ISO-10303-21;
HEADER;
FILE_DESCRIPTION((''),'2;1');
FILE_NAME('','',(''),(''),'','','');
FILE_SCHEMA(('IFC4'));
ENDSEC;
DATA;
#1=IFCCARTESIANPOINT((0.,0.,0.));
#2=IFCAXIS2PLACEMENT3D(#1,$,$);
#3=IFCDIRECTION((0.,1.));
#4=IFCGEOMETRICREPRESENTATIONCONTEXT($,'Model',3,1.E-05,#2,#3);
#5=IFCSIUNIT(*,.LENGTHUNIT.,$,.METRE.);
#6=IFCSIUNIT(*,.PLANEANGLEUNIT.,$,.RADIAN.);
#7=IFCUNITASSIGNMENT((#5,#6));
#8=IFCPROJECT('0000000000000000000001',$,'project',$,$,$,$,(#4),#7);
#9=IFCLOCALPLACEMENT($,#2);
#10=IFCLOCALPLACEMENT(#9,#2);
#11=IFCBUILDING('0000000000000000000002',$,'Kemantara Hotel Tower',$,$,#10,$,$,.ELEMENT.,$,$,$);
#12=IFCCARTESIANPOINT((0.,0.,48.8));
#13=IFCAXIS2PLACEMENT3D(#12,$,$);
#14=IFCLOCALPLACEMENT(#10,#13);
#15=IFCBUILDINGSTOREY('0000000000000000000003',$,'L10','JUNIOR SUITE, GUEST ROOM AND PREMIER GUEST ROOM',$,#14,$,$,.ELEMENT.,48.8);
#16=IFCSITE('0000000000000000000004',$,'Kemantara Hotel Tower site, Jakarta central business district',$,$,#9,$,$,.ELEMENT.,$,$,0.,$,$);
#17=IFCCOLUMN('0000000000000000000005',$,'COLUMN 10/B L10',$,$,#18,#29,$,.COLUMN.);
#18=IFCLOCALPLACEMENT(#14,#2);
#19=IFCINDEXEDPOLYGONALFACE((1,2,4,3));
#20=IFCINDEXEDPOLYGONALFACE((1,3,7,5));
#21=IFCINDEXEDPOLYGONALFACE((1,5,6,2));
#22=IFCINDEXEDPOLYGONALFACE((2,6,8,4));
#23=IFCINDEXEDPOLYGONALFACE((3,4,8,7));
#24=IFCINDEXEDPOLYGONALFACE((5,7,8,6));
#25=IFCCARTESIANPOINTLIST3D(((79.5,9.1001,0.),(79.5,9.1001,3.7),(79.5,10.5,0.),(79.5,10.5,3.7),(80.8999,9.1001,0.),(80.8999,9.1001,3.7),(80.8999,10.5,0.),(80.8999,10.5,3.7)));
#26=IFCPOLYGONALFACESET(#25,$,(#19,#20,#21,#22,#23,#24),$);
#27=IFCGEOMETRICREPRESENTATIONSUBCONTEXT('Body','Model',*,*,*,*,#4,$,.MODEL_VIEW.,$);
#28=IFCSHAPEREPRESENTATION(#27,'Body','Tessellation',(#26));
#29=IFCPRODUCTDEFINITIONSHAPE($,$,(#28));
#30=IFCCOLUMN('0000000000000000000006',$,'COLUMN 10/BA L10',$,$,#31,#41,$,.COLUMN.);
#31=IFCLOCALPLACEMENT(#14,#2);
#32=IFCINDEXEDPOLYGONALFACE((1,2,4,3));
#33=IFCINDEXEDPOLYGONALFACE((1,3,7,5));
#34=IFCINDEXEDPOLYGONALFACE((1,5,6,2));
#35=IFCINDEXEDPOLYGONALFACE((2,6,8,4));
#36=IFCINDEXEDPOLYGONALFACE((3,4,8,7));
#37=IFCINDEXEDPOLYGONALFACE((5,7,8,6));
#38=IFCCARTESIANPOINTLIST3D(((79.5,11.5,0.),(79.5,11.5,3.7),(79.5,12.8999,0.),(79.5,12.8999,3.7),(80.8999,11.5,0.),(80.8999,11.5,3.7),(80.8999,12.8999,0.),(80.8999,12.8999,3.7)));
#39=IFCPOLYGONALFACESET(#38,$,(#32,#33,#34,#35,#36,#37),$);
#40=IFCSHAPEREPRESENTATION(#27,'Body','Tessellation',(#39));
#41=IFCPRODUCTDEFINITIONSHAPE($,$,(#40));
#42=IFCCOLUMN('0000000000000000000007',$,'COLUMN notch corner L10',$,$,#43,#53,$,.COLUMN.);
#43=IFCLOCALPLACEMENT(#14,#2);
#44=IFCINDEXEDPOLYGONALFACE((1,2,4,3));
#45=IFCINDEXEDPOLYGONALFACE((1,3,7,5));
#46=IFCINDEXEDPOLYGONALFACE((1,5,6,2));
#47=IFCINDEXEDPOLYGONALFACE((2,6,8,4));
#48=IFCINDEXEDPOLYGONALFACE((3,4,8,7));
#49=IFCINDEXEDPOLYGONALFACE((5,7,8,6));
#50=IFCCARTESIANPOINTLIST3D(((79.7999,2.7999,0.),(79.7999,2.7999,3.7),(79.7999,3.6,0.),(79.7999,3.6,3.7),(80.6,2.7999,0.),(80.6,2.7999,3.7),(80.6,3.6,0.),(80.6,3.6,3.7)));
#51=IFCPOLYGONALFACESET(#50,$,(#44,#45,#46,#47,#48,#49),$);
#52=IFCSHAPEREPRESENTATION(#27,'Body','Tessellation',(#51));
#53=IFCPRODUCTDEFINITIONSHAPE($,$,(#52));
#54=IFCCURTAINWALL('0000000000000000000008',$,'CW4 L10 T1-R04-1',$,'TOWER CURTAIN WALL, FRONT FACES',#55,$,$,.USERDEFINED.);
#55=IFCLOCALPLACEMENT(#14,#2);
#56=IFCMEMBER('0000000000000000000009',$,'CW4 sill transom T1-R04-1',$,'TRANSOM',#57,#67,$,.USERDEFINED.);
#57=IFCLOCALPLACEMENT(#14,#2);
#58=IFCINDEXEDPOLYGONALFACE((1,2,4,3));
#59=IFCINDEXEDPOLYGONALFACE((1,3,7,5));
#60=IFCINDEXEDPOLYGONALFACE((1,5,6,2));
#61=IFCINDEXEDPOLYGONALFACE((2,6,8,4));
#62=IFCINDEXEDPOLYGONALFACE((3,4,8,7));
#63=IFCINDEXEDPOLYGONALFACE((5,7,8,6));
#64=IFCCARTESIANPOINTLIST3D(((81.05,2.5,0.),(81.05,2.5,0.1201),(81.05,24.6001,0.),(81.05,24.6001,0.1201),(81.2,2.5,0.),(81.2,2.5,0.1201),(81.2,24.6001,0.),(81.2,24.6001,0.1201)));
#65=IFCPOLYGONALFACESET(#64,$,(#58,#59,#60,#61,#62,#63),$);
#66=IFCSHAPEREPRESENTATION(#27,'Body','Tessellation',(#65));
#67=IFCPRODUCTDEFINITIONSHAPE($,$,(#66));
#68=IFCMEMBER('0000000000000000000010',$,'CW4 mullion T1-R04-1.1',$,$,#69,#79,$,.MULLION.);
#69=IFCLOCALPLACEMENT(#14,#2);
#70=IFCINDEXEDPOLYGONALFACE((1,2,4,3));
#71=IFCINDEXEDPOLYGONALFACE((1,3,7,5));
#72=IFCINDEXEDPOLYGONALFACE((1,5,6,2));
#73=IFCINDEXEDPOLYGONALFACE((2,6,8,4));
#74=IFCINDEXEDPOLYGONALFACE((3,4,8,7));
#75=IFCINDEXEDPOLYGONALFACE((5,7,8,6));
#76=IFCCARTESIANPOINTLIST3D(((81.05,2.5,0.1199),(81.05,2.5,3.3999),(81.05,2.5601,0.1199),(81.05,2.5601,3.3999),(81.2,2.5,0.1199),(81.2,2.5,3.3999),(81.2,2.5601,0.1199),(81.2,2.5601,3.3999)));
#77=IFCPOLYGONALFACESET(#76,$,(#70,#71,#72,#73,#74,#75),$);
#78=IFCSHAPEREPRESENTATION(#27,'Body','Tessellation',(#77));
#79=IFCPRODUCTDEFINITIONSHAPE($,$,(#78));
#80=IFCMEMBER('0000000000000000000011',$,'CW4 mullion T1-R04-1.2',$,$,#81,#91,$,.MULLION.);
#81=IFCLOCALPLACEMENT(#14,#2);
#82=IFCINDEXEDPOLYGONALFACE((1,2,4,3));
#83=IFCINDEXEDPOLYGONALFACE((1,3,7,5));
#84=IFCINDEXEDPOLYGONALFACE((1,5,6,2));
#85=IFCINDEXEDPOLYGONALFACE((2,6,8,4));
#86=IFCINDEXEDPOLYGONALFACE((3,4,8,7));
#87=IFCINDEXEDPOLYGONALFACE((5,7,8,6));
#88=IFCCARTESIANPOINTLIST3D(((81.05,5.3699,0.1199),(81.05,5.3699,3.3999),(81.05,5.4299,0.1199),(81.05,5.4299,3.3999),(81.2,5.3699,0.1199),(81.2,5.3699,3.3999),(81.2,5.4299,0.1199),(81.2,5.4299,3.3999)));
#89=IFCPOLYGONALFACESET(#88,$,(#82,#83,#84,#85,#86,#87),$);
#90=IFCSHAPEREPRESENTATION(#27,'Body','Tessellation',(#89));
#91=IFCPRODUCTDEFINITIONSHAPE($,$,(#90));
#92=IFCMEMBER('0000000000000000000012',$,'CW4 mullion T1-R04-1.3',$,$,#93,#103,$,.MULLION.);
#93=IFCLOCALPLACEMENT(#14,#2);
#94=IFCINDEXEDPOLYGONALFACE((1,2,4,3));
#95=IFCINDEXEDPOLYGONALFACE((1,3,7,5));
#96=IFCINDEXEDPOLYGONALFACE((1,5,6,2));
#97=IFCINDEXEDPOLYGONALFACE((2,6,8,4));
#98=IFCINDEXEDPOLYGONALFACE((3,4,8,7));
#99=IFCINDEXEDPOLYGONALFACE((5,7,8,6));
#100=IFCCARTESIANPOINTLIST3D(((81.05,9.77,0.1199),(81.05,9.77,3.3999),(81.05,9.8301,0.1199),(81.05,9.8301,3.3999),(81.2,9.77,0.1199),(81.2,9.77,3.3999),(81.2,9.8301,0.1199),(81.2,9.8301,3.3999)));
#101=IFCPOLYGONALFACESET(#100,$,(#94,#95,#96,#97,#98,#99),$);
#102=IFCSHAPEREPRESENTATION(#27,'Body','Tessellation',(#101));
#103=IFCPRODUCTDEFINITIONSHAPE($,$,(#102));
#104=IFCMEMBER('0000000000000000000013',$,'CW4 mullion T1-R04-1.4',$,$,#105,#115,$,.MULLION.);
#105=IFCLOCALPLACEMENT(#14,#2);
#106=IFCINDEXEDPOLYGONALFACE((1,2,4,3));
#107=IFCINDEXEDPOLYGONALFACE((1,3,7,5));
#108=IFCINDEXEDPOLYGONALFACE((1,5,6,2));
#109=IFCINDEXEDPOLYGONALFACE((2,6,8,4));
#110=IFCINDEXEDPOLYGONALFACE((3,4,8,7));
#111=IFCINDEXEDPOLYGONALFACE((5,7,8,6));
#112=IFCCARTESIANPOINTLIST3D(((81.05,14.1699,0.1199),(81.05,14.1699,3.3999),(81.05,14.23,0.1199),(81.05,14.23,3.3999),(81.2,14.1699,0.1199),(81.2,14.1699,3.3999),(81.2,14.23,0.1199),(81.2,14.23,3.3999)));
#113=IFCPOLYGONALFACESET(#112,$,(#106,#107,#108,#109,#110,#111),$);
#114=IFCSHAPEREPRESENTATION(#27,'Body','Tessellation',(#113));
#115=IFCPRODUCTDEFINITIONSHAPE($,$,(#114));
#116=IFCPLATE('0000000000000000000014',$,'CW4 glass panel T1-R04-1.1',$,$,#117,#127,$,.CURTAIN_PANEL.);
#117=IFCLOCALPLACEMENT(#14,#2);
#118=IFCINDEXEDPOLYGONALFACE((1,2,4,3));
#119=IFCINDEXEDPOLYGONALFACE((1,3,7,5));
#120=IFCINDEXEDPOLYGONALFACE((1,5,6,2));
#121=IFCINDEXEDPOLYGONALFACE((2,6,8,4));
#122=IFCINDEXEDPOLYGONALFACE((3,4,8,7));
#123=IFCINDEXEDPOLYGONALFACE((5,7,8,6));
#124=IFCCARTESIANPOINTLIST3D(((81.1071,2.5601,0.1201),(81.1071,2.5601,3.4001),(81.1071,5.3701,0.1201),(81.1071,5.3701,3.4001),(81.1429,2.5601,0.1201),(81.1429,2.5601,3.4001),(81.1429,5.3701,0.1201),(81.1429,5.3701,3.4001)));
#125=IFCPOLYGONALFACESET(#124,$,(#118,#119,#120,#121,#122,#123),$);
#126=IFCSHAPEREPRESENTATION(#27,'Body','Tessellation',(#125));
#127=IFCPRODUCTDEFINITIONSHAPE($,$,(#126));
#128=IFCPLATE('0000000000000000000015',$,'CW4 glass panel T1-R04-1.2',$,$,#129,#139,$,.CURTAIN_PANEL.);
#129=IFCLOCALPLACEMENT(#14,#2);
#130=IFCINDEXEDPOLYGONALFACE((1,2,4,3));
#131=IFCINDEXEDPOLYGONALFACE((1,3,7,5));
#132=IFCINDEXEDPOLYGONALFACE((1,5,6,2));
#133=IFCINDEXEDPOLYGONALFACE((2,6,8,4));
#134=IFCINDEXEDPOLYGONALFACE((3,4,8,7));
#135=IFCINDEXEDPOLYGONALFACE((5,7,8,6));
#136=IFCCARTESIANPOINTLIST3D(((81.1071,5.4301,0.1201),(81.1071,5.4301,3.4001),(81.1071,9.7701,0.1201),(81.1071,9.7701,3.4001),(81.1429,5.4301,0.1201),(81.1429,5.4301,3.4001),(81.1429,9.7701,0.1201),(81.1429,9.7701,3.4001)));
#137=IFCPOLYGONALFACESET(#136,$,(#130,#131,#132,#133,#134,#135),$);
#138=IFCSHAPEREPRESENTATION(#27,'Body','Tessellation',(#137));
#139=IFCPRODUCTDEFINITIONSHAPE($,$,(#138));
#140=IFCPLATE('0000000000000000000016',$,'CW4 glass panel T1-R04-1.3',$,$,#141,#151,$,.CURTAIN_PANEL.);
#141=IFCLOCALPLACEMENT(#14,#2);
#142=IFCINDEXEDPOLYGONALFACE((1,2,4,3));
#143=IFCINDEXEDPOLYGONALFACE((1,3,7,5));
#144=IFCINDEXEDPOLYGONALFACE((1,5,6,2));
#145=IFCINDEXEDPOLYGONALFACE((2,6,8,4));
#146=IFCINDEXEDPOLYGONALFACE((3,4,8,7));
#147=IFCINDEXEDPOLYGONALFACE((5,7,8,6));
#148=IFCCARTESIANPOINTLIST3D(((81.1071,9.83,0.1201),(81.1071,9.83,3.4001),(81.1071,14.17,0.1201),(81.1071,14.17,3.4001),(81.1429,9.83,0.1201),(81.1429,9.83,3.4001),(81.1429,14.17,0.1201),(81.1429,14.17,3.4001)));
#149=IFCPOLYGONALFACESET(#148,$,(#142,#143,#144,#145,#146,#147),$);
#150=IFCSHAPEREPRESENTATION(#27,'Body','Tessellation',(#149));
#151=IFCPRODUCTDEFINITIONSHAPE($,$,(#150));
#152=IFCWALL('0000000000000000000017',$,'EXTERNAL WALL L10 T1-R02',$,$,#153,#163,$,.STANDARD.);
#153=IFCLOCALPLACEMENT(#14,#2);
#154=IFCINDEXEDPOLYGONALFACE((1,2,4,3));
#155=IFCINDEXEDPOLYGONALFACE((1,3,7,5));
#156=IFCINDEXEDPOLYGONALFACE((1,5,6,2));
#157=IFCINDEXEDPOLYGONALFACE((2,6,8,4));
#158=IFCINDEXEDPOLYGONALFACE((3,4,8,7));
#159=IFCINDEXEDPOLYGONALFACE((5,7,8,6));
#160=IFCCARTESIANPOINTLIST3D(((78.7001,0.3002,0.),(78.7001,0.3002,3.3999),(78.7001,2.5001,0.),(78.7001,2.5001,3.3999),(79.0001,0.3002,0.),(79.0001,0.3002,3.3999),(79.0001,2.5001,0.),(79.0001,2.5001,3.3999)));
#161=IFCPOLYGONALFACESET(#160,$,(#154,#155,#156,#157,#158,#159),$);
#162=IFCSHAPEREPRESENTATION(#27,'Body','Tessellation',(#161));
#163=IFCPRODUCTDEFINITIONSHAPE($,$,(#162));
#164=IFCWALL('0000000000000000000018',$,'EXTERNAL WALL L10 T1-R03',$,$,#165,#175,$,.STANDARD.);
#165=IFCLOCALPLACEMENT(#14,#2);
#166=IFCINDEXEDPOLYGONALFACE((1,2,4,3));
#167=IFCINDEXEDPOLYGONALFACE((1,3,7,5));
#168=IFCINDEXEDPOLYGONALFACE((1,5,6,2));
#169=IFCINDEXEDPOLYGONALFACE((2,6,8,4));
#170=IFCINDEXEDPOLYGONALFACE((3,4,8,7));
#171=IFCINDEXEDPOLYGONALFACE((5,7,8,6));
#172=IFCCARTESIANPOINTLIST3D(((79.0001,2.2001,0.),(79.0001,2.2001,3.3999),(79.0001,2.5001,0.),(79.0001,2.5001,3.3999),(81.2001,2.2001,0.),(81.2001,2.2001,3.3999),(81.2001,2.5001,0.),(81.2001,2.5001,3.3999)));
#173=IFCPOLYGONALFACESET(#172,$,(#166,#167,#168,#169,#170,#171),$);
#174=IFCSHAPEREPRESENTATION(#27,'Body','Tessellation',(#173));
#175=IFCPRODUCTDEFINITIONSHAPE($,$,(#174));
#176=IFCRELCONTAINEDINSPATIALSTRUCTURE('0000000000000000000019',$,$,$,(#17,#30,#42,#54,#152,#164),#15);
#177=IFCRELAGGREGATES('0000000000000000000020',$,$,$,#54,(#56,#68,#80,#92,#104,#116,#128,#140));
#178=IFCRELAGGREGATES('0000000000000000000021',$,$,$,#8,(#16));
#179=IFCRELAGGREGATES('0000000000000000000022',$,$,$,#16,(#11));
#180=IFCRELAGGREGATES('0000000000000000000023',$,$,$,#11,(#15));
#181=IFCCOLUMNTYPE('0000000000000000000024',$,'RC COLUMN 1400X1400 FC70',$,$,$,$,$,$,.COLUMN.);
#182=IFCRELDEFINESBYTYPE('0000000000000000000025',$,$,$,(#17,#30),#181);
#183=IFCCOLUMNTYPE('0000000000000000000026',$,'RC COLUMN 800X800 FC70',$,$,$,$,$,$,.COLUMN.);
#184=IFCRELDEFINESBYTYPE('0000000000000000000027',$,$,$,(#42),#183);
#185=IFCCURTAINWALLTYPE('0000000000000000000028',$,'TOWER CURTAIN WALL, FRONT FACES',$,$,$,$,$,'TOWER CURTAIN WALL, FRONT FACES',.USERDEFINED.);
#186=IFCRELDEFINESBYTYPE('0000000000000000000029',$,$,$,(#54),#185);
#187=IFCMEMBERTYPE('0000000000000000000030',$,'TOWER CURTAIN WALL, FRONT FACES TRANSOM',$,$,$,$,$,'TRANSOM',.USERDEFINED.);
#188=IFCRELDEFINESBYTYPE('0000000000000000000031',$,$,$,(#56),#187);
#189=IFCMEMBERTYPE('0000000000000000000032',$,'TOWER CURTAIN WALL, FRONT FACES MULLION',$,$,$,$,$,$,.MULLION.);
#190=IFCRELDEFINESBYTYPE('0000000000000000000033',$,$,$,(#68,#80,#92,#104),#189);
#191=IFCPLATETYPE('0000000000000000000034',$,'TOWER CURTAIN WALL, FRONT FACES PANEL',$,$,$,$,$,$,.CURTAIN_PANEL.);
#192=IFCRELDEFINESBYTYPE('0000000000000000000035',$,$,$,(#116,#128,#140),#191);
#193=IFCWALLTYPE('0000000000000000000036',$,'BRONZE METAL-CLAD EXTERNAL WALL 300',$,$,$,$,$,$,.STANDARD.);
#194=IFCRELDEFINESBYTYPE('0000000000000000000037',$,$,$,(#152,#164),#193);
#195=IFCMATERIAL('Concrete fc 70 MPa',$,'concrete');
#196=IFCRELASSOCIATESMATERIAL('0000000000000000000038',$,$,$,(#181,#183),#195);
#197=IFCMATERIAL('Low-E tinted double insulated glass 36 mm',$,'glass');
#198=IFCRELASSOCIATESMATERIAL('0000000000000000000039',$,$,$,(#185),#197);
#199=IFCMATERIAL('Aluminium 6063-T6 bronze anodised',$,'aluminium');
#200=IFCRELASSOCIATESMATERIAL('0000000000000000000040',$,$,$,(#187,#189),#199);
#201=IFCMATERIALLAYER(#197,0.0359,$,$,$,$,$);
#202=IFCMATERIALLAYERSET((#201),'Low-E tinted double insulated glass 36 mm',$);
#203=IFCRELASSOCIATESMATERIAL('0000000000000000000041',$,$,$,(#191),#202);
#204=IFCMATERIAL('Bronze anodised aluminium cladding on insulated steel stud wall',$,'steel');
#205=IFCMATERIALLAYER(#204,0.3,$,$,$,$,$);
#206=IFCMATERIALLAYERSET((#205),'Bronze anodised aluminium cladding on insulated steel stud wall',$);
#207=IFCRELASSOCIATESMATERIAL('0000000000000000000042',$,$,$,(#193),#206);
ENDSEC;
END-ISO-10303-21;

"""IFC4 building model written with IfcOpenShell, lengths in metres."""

from ifc_helpers import new_model, si_unit, direction, frame, frame_2d, origin, origin_2d, place, context, subcontext, project, spatial, rectangle, extrude, source, transform, mapped, material, layer, layer_set, material_profile, profile_set, type_object, element, aggregate, save


model = new_model("IFC4")

# Units and contexts
model_context = context("Model", 3, precision=1e-05, world=origin(), true_north=direction((0.0, 1.0)))
body_context = subcontext(model_context, "Body", "Model", "MODEL_VIEW")
ifc_project = project(units=[si_unit("LENGTHUNIT", "METRE"), si_unit("PLANEANGLEUNIT", "RADIAN")], contexts=[model_context])

# Site, building, storey
site_placement = place(None, origin())
site = spatial("IfcSite", under=ifc_project, at=site_placement, Name="Kemantara Hotel Tower site, Jakarta central business district", CompositionType="ELEMENT", RefElevation=0.0)
building_placement = place(site_placement, origin())
building = spatial("IfcBuilding", under=site, at=building_placement, Name="Kemantara Hotel Tower", CompositionType="ELEMENT")
storey_placement = place(building_placement, frame((0.0, 0.0, 48.8)))
storey = spatial("IfcBuildingStorey", under=building, at=storey_placement, Name="L10", Description="JUNIOR SUITE, GUEST ROOM AND PREMIER GUEST ROOM", CompositionType="ELEMENT", Elevation=48.8)

# Columns
ifc_material_1 = material(Name="Concrete fc 70 MPa", Category="concrete")
ifc_material_profile_1 = material_profile(ifc_material_1, rectangle(XDim=1.3999, YDim=1.3999, at=origin_2d()), Name="RC 1400X1400")
ifc_profile_set_1 = profile_set([ifc_material_profile_1], Name="Concrete fc 70 MPa")
column_type_1 = type_object("IfcColumnType", Name="RC COLUMN 1400X1400 FC70", PredefinedType="COLUMN", material=ifc_profile_set_1)
for number, where, z_axis, x_axis, name in (
    (1, (80.2, 9.8, 0.0), (0.0, 0.0, 1.0), (1.0, 0.0, 0.0), "COLUMN 10/B L10"),
    (2, (80.2, 12.2, 0.0), (0.0, 0.0, 1.0), (1.0, 0.0, 0.0), "COLUMN 10/BA L10"),
):
    element("IfcColumn", number, at=place(storey_placement, frame(where, z_axis=z_axis, x_axis=x_axis)), inside=storey, type_object=column_type_1, Name=name, PredefinedType="COLUMN", context=body_context, shape_type="SweptSolid", body=[
        extrude(rectangle(XDim=1.3999, YDim=1.3999, at=origin_2d()), origin(), (0.0, 0.0, 1.0), 3.7),
    ])
ifc_material_profile_2 = material_profile(ifc_material_1, rectangle(XDim=0.8, YDim=0.8, at=origin_2d()), Name="RC 800X800")
ifc_profile_set_2 = profile_set([ifc_material_profile_2], Name="Concrete fc 70 MPa")
column_type_2 = type_object("IfcColumnType", Name="RC COLUMN 800X800 FC70", PredefinedType="COLUMN", material=ifc_profile_set_2)
column_placement = place(storey_placement, frame((80.2, 3.2, 0.0), z_axis=(0.0, 0.0, 1.0), x_axis=(1.0, 0.0, 0.0)))
element("IfcColumn", 3, at=column_placement, inside=storey, type_object=column_type_2, Name="COLUMN notch corner L10", PredefinedType="COLUMN", context=body_context, shape_type="SweptSolid", body=[
    extrude(rectangle(XDim=0.8, YDim=0.8, at=origin_2d()), origin(), (0.0, 0.0, 1.0), 3.7),
])

# Curtain wall, members, plates
ifc_material_2 = material(Name="Low-E tinted double insulated glass 36 mm", Category="glass")
curtain_wall_type = type_object("IfcCurtainWallType", Name="TOWER CURTAIN WALL, FRONT FACES", ElementType="TOWER CURTAIN WALL, FRONT FACES", PredefinedType="USERDEFINED", material=ifc_material_2)
curtain_wall_placement = place(storey_placement, origin())
curtain_wall = element("IfcCurtainWall", 4, at=curtain_wall_placement, inside=storey, type_object=curtain_wall_type, Name="CW4 L10 T1-R04-1", ObjectType="TOWER CURTAIN WALL, FRONT FACES", PredefinedType="USERDEFINED")
ifc_material_3 = material(Name="Aluminium 6063-T6 bronze anodised", Category="aluminium")
ifc_material_profile_3 = material_profile(ifc_material_3, rectangle(XDim=0.1499, YDim=0.1201, at=origin_2d()), Name="TOWER CURTAIN WALL, FRONT FACES TRANSOM")
ifc_profile_set_3 = profile_set([ifc_material_profile_3], Name="Aluminium 6063-T6 bronze anodised")
member_type_1 = type_object("IfcMemberType", Name="TOWER CURTAIN WALL, FRONT FACES TRANSOM", ElementType="TRANSOM", PredefinedType="USERDEFINED", material=ifc_profile_set_3)
member_1_placement = place(storey_placement, frame((81.125, 2.5, 0.0601), z_axis=(0.0, 1.0, 0.0), x_axis=(-1.0, 0.0, 0.0)))
member_1 = element("IfcMember", 5, at=member_1_placement, type_object=member_type_1, Name="CW4 sill transom T1-R04-1", ObjectType="TRANSOM", PredefinedType="USERDEFINED", context=body_context, shape_type="SweptSolid", body=[
    extrude(rectangle(XDim=0.1499, YDim=0.1201, at=origin_2d()), origin(), (0.0, 0.0, 1.0), 22.1001),
])
ifc_material_profile_4 = material_profile(ifc_material_3, rectangle(XDim=0.1499, YDim=0.0601, at=origin_2d()), Name="TOWER CURTAIN WALL, FRONT FACES MULLION")
ifc_profile_set_4 = profile_set([ifc_material_profile_4], Name="Aluminium 6063-T6 bronze anodised")
member_type_2 = type_object("IfcMemberType", Name="TOWER CURTAIN WALL, FRONT FACES MULLION", PredefinedType="MULLION", material=ifc_profile_set_4)
shared_shape_1 = source(origin(), body_context, "Body", "SweptSolid", [
    extrude(rectangle(XDim=0.1499, YDim=0.0601, at=origin_2d()), origin(), (0.0, 0.0, 1.0), 3.28),
])
member_2_placement = place(storey_placement, frame((81.125, 2.53, 0.1199), z_axis=(0.0, 0.0, 1.0), x_axis=(-1.0, 0.0, 0.0)))
member_2 = element("IfcMember", 6, at=member_2_placement, type_object=member_type_2, Name="CW4 mullion T1-R04-1.1", PredefinedType="MULLION", context=body_context, shape_type="MappedRepresentation", body=[
    mapped(shared_shape_1, transform((0.0, 0.0, 0.0))),
])
member_3_placement = place(storey_placement, frame((81.125, 5.3999, 0.1199), z_axis=(0.0, 0.0, 1.0), x_axis=(-1.0, 0.0, 0.0)))
member_3 = element("IfcMember", 7, at=member_3_placement, type_object=member_type_2, Name="CW4 mullion T1-R04-1.2", PredefinedType="MULLION", context=body_context, shape_type="MappedRepresentation", body=[
    mapped(shared_shape_1, transform((0.0, 0.0, 0.0))),
])
member_4_placement = place(storey_placement, frame((81.125, 9.8, 0.1199), z_axis=(0.0, 0.0, 1.0), x_axis=(-1.0, 0.0, 0.0)))
member_4 = element("IfcMember", 8, at=member_4_placement, type_object=member_type_2, Name="CW4 mullion T1-R04-1.3", PredefinedType="MULLION", context=body_context, shape_type="MappedRepresentation", body=[
    mapped(shared_shape_1, transform((0.0, 0.0, 0.0))),
])
member_5_placement = place(storey_placement, frame((81.125, 14.2, 0.1199), z_axis=(0.0, 0.0, 1.0), x_axis=(-1.0, 0.0, 0.0)))
member_5 = element("IfcMember", 9, at=member_5_placement, type_object=member_type_2, Name="CW4 mullion T1-R04-1.4", PredefinedType="MULLION", context=body_context, shape_type="MappedRepresentation", body=[
    mapped(shared_shape_1, transform((0.0, 0.0, 0.0))),
])
ifc_layer_1 = layer(ifc_material_2, 0.0359)
ifc_layer_set_1 = layer_set([ifc_layer_1], Name="Low-E tinted double insulated glass 36 mm")
plate_type = type_object("IfcPlateType", Name="TOWER CURTAIN WALL, FRONT FACES PANEL", PredefinedType="CURTAIN_PANEL", material=ifc_layer_set_1)
shared_shape_2 = source(origin(), body_context, "Body", "SweptSolid", [
    extrude(rectangle(XDim=2.8101, YDim=0.0359, at=origin_2d()), origin(), (0.0, 0.0, 1.0), 3.28),
])
plate_1_placement = place(storey_placement, frame((81.125, 3.9651, 0.1201), z_axis=(0.0, 0.0, 1.0), x_axis=(0.0, 1.0, 0.0)))
plate_1 = element("IfcPlate", 10, at=plate_1_placement, type_object=plate_type, Name="CW4 glass panel T1-R04-1.1", PredefinedType="CURTAIN_PANEL", context=body_context, shape_type="MappedRepresentation", body=[
    mapped(shared_shape_2, transform((0.0, 0.0, 0.0))),
])
shared_shape_3 = source(origin(), body_context, "Body", "SweptSolid", [
    extrude(rectangle(XDim=4.3401, YDim=0.0359, at=origin_2d()), origin(), (0.0, 0.0, 1.0), 3.28),
])
plate_2_placement = place(storey_placement, frame((81.125, 7.6001, 0.1201), z_axis=(0.0, 0.0, 1.0), x_axis=(0.0, 1.0, 0.0)))
plate_2 = element("IfcPlate", 11, at=plate_2_placement, type_object=plate_type, Name="CW4 glass panel T1-R04-1.2", PredefinedType="CURTAIN_PANEL", context=body_context, shape_type="MappedRepresentation", body=[
    mapped(shared_shape_3, transform((0.0, 0.0, 0.0))),
])
plate_3_placement = place(storey_placement, frame((81.125, 12.0, 0.1201), z_axis=(0.0, 0.0, 1.0), x_axis=(0.0, 1.0, 0.0)))
plate_3 = element("IfcPlate", 12, at=plate_3_placement, type_object=plate_type, Name="CW4 glass panel T1-R04-1.3", PredefinedType="CURTAIN_PANEL", context=body_context, shape_type="MappedRepresentation", body=[
    mapped(shared_shape_3, transform((0.0, 0.0, 0.0))),
])
aggregate(curtain_wall, [member_1, member_2, member_3, member_4, member_5, plate_1, plate_2, plate_3])

# Walls
ifc_material_4 = material(Name="Bronze anodised aluminium cladding on insulated steel stud wall", Category="steel")
ifc_layer_2 = layer(ifc_material_4, 0.3)
ifc_layer_set_2 = layer_set([ifc_layer_2], Name="Bronze anodised aluminium cladding on insulated steel stud wall")
wall_type_1 = type_object("IfcWallType", Name="BRONZE METAL-CLAD EXTERNAL WALL 300", PredefinedType="STANDARD", material=ifc_layer_set_2)
for number, where, z_axis, x_axis, name in (
    (13, (78.8501, 0.3, 0.0), (0.0, 0.0, 1.0), (0.0, 1.0, 0.0), "EXTERNAL WALL L10 T1-R02"),
    (14, (79.0, 2.3501, 0.0), (0.0, 0.0, 1.0), (1.0, 0.0, 0.0), "EXTERNAL WALL L10 T1-R03"),
):
    element("IfcWall", number, at=place(storey_placement, frame(where, z_axis=z_axis, x_axis=x_axis)), inside=storey, type_object=wall_type_1, Name=name, PredefinedType="STANDARD", context=body_context, shape_type="SweptSolid", body=[
        extrude(rectangle(XDim=2.2, YDim=0.3, at=frame_2d((1.1001, 0.0))), origin(), (0.0, 0.0, 1.0), 3.3999),
    ])

save(model, "model.ifc")
